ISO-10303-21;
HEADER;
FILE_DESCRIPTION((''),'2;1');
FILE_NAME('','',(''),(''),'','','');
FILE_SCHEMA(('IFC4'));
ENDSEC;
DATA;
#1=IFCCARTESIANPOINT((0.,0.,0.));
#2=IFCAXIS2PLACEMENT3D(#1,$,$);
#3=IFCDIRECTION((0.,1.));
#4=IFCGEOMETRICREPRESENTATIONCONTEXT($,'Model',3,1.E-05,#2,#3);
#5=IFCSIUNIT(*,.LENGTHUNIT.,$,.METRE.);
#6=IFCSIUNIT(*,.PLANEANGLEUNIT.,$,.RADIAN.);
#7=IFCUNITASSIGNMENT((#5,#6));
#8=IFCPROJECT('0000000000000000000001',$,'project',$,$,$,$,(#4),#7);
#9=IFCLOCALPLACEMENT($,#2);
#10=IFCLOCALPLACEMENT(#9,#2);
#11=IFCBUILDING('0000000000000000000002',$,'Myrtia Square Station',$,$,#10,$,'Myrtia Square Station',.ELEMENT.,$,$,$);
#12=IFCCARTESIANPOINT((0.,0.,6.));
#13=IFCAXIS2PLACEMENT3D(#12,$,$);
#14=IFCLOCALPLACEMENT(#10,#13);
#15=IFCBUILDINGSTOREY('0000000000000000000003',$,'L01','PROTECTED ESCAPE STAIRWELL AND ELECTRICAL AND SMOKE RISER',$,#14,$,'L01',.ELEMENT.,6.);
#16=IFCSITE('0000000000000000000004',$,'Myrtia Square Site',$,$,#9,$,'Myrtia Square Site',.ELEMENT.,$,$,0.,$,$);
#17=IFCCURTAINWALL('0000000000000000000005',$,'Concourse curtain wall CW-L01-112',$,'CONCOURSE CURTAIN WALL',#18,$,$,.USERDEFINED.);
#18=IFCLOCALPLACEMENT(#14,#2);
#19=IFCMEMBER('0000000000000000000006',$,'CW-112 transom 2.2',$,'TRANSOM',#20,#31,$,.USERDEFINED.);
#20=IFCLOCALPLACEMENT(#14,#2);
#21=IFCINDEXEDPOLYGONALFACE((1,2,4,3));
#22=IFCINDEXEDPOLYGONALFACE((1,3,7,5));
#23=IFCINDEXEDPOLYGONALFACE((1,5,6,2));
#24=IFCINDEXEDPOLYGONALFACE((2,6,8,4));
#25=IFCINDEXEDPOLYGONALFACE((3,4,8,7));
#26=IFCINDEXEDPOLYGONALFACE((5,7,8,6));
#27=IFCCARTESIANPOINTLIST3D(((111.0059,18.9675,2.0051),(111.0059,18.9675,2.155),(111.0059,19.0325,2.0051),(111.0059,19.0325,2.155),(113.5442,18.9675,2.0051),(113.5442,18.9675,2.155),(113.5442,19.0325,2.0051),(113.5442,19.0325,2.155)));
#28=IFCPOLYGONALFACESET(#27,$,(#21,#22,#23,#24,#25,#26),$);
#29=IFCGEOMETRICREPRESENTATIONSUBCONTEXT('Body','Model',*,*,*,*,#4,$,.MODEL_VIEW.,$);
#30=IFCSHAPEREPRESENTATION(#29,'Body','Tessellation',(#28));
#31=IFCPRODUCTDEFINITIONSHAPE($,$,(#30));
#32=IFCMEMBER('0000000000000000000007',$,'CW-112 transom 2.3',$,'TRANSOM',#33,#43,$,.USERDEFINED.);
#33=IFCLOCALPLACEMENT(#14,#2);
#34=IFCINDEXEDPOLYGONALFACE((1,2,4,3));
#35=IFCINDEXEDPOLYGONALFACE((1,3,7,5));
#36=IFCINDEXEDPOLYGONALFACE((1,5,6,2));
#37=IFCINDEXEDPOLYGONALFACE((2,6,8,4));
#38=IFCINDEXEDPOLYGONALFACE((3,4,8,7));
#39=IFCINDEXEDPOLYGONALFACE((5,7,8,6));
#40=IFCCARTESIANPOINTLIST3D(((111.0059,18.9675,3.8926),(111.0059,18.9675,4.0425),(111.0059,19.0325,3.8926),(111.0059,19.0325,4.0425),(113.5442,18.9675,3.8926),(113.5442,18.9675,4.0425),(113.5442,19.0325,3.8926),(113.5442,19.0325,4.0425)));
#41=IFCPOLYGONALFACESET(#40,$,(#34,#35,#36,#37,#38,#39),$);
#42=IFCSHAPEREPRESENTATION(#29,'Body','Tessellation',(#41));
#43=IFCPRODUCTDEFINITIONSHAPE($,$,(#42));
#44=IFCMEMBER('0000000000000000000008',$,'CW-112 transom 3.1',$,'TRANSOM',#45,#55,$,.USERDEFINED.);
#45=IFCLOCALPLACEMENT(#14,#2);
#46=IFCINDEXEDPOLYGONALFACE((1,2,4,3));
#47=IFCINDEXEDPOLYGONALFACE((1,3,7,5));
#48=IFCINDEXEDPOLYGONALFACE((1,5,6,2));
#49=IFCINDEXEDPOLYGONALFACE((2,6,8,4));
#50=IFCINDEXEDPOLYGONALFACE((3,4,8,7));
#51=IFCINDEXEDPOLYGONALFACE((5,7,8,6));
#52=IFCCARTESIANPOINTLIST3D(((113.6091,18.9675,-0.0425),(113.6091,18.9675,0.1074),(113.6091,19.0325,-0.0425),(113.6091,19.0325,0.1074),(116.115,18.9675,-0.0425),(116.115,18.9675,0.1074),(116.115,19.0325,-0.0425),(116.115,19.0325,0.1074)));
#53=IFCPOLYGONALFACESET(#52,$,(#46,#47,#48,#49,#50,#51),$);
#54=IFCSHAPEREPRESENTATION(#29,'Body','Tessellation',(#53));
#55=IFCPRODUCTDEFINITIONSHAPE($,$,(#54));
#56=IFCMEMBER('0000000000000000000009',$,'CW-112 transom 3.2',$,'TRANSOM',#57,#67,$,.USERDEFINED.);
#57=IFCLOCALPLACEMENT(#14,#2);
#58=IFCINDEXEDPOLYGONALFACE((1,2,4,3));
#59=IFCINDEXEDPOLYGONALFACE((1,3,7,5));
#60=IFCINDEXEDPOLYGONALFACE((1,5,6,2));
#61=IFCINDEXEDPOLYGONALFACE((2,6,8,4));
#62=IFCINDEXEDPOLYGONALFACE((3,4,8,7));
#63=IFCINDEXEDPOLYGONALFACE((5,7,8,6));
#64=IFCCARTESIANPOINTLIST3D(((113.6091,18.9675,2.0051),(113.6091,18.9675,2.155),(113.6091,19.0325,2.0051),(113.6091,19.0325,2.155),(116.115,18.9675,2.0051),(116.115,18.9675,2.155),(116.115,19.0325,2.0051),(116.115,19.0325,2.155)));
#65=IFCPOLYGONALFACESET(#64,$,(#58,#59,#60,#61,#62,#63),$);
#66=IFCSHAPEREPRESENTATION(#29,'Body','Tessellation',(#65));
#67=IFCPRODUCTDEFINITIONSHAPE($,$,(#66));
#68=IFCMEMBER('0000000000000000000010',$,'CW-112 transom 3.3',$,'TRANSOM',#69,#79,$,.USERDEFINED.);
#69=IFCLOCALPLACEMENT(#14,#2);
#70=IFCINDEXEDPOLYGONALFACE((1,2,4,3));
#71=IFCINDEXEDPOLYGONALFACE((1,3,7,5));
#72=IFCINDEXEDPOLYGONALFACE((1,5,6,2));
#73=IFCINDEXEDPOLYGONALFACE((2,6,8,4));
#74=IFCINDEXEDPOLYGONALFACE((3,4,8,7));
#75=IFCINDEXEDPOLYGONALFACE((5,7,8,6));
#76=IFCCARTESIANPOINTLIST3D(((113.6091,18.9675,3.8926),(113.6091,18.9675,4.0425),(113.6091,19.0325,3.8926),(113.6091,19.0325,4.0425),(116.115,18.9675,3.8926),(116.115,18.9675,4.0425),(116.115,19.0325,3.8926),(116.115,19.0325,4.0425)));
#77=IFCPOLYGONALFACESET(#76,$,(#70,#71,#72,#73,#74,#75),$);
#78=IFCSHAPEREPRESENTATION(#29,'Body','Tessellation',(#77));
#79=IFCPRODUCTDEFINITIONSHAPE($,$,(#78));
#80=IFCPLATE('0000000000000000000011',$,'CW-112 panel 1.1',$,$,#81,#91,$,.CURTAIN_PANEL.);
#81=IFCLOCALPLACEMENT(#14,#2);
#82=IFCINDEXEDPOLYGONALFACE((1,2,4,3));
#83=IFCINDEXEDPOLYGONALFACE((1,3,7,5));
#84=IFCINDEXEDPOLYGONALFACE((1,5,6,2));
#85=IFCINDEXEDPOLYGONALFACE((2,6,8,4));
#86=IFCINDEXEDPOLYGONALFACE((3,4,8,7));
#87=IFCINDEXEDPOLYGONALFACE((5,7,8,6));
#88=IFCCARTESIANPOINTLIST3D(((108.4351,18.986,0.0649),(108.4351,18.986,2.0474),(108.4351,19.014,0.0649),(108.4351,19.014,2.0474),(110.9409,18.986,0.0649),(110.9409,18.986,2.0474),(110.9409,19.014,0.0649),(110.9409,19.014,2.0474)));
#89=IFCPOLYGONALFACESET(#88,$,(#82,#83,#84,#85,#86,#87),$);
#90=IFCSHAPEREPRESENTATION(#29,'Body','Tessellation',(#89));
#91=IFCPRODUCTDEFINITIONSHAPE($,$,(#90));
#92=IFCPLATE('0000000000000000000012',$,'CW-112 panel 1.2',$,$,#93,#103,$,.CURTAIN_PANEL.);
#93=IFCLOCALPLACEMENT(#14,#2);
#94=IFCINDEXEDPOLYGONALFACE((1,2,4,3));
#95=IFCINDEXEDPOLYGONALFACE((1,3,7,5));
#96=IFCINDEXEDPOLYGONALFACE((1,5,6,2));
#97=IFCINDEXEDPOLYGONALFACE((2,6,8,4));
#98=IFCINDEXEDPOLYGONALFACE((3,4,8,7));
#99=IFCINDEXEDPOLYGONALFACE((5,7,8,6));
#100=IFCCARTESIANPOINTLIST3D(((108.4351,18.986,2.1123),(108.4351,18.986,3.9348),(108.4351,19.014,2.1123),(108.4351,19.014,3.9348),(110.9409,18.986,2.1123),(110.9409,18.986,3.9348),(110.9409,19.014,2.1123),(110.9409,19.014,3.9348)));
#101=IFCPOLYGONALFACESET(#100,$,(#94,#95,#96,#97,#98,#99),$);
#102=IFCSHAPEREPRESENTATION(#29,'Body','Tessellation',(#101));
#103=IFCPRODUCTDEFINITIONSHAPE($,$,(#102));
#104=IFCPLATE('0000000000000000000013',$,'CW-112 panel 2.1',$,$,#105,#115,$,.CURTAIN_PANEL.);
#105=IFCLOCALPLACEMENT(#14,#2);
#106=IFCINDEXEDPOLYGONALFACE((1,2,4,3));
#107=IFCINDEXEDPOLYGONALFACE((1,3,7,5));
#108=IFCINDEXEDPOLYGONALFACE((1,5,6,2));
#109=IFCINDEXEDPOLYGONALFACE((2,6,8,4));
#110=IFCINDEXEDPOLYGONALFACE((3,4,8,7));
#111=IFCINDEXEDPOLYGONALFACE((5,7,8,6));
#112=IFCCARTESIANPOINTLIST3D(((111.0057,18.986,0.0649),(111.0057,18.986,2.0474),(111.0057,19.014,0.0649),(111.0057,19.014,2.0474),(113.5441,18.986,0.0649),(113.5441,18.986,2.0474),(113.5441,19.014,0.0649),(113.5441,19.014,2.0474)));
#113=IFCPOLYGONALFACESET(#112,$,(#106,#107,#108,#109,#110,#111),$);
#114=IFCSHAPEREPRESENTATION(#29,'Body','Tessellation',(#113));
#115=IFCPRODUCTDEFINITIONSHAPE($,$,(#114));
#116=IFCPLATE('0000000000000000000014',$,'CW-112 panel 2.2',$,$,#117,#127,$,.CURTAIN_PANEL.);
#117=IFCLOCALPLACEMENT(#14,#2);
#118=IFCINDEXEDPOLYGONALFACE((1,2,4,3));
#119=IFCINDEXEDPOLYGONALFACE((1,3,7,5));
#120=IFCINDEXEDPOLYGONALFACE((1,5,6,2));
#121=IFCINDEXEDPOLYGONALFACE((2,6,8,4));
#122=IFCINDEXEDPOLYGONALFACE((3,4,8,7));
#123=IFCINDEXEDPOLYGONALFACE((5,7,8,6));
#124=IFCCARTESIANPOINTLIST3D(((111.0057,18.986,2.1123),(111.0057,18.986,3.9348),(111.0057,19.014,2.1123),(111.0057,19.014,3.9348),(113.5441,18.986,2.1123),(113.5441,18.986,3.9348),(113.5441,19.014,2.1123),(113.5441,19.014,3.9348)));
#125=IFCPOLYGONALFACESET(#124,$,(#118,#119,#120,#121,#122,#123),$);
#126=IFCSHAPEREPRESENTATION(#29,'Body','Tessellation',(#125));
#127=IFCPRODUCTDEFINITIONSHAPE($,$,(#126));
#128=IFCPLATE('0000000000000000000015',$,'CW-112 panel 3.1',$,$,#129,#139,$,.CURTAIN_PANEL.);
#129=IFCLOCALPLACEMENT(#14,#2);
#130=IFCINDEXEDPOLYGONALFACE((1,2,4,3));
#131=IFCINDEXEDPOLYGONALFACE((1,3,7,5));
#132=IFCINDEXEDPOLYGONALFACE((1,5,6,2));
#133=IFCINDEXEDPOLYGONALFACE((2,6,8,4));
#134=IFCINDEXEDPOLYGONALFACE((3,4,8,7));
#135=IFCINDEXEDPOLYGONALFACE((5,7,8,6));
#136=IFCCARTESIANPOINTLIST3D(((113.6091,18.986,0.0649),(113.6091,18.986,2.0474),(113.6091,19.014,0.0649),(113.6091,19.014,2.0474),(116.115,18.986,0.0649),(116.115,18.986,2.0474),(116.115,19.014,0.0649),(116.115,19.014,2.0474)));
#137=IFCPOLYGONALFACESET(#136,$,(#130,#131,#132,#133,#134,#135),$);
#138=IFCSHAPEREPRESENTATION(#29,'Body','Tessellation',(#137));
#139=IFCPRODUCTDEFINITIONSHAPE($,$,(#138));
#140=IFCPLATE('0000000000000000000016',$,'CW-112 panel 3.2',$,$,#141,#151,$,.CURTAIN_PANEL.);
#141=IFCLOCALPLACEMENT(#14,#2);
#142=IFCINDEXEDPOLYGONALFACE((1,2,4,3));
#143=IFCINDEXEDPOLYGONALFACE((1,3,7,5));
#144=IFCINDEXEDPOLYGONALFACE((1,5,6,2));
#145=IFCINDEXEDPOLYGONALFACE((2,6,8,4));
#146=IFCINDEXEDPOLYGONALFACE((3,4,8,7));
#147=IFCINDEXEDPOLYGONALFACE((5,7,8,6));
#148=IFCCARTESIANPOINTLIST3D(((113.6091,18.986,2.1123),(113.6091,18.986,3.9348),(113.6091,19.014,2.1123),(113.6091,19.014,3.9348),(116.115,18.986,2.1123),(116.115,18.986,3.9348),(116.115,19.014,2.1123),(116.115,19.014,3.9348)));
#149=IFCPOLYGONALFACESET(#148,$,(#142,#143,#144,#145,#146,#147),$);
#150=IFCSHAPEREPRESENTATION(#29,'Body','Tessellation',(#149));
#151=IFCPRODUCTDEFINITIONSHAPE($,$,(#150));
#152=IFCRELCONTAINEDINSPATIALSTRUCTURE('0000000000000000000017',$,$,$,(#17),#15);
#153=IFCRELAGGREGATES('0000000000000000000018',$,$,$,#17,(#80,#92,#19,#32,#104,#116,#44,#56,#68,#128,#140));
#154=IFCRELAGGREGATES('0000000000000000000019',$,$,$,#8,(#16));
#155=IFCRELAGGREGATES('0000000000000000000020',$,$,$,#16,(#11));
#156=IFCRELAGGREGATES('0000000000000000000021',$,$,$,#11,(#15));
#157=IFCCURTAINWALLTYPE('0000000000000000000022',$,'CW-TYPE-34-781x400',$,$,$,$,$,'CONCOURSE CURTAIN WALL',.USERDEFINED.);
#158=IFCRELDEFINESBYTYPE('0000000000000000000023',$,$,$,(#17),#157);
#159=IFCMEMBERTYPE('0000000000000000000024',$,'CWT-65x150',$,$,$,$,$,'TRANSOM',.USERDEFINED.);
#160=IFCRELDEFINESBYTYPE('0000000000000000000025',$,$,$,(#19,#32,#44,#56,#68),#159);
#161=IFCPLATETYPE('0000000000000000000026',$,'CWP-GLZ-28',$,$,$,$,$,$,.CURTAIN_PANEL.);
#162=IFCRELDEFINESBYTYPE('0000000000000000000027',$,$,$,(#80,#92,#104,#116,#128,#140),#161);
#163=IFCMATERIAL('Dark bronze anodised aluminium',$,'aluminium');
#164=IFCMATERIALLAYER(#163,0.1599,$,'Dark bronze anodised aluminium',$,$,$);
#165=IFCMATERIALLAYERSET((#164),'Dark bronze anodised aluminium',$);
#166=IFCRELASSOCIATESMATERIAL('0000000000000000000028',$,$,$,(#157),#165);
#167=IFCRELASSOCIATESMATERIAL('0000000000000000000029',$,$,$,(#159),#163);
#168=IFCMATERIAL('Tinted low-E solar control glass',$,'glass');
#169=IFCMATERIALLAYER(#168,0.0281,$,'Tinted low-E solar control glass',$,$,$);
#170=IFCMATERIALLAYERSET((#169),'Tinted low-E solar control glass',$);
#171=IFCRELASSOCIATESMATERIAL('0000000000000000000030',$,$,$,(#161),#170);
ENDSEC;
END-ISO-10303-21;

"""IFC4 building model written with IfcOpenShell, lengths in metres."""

from ifc_helpers import new_model, si_unit, direction, frame, origin, origin_2d, place, context, subcontext, project, spatial, rectangle, extrude, material, layer, layer_set, material_profile, profile_set, type_object, element, aggregate, save


model = new_model("IFC4")

# Units and contexts
model_context = context("Model", 3, precision=1e-05, world=origin(), true_north=direction((0.0, 1.0)))
body_context = subcontext(model_context, "Body", "Model", "MODEL_VIEW")
ifc_project = project(units=[si_unit("LENGTHUNIT", "METRE"), si_unit("PLANEANGLEUNIT", "RADIAN")], contexts=[model_context])

# Site, building, storey
site_placement = place(None, origin())
site = spatial("IfcSite", under=ifc_project, at=site_placement, Name="Myrtia Square Site", LongName="Myrtia Square Site", CompositionType="ELEMENT", RefElevation=0.0)
building_placement = place(site_placement, origin())
building = spatial("IfcBuilding", under=site, at=building_placement, Name="Myrtia Square Station", LongName="Myrtia Square Station", CompositionType="ELEMENT")
storey_placement = place(building_placement, frame((0.0, 0.0, 6.0)))
storey = spatial("IfcBuildingStorey", under=building, at=storey_placement, Name="L01", Description="PROTECTED ESCAPE STAIRWELL AND ELECTRICAL AND SMOKE RISER", LongName="L01", CompositionType="ELEMENT", Elevation=6.0)

# Curtain wall, members, plates
ifc_material_1 = material(Name="Dark bronze anodised aluminium", Category="aluminium")
ifc_layer_1 = layer(ifc_material_1, 0.1599, Name="Dark bronze anodised aluminium")
ifc_layer_set_1 = layer_set([ifc_layer_1], Name="Dark bronze anodised aluminium")
curtain_wall_type = type_object("IfcCurtainWallType", Name="CW-TYPE-34-781x400", ElementType="CONCOURSE CURTAIN WALL", PredefinedType="USERDEFINED", material=ifc_layer_set_1)
curtain_wall_placement = place(storey_placement, origin())
curtain_wall = element("IfcCurtainWall", 1, at=curtain_wall_placement, inside=storey, type_object=curtain_wall_type, Name="Concourse curtain wall CW-L01-112", ObjectType="CONCOURSE CURTAIN WALL", PredefinedType="USERDEFINED")
ifc_material_profile_1 = material_profile(ifc_material_1, rectangle(XDim=0.0649, YDim=0.1499, at=origin_2d()), Name="ALU-T 65x150")
ifc_profile_set_1 = profile_set([ifc_material_profile_1], Name="Dark bronze anodised aluminium")
member_type_1 = type_object("IfcMemberType", Name="CWT-65x150", ElementType="TRANSOM", PredefinedType="USERDEFINED", material=ifc_profile_set_1)
member_1_placement = place(storey_placement, frame((111.0059, 19.0, 2.0801), z_axis=(1.0, 0.0, 0.0), x_axis=(0.0, 1.0, 0.0)))
member_1 = element("IfcMember", 2, at=member_1_placement, type_object=member_type_1, Name="CW-112 transom 2.2", ObjectType="TRANSOM", PredefinedType="USERDEFINED", context=body_context, shape_type="SweptSolid", body=[
    extrude(rectangle(XDim=0.0649, YDim=0.1499, at=origin_2d()), origin(), (0.0, 0.0, 1.0), 2.5383),
])
member_2_placement = place(storey_placement, frame((111.0059, 19.0, 3.9675), z_axis=(1.0, 0.0, 0.0), x_axis=(0.0, 1.0, 0.0)))
member_2 = element("IfcMember", 3, at=member_2_placement, type_object=member_type_1, Name="CW-112 transom 2.3", ObjectType="TRANSOM", PredefinedType="USERDEFINED", context=body_context, shape_type="SweptSolid", body=[
    extrude(rectangle(XDim=0.0649, YDim=0.1499, at=origin_2d()), origin(), (0.0, 0.0, 1.0), 2.5383),
])
member_3_placement = place(storey_placement, frame((113.6091, 19.0, 0.0325), z_axis=(1.0, 0.0, 0.0), x_axis=(0.0, 1.0, 0.0)))
member_3 = element("IfcMember", 4, at=member_3_placement, type_object=member_type_1, Name="CW-112 transom 3.1", ObjectType="TRANSOM", PredefinedType="USERDEFINED", context=body_context, shape_type="SweptSolid", body=[
    extrude(rectangle(XDim=0.0649, YDim=0.1499, at=origin_2d()), origin(), (0.0, 0.0, 1.0), 2.5059),
])
member_4_placement = place(storey_placement, frame((113.6091, 19.0, 2.0801), z_axis=(1.0, 0.0, 0.0), x_axis=(0.0, 1.0, 0.0)))
member_4 = element("IfcMember", 5, at=member_4_placement, type_object=member_type_1, Name="CW-112 transom 3.2", ObjectType="TRANSOM", PredefinedType="USERDEFINED", context=body_context, shape_type="SweptSolid", body=[
    extrude(rectangle(XDim=0.0649, YDim=0.1499, at=origin_2d()), origin(), (0.0, 0.0, 1.0), 2.5059),
])
member_5_placement = place(storey_placement, frame((113.6091, 19.0, 3.9675), z_axis=(1.0, 0.0, 0.0), x_axis=(0.0, 1.0, 0.0)))
member_5 = element("IfcMember", 6, at=member_5_placement, type_object=member_type_1, Name="CW-112 transom 3.3", ObjectType="TRANSOM", PredefinedType="USERDEFINED", context=body_context, shape_type="SweptSolid", body=[
    extrude(rectangle(XDim=0.0649, YDim=0.1499, at=origin_2d()), origin(), (0.0, 0.0, 1.0), 2.5059),
])
ifc_material_2 = material(Name="Tinted low-E solar control glass", Category="glass")
ifc_layer_2 = layer(ifc_material_2, 0.0281, Name="Tinted low-E solar control glass")
ifc_layer_set_2 = layer_set([ifc_layer_2], Name="Tinted low-E solar control glass")
plate_type = type_object("IfcPlateType", Name="CWP-GLZ-28", PredefinedType="CURTAIN_PANEL", material=ifc_layer_set_2)
plate_1_placement = place(storey_placement, frame((109.688, 19.0, 0.0649), z_axis=(0.0, 0.0, 1.0), x_axis=(1.0, 0.0, 0.0)))
plate_1 = element("IfcPlate", 7, at=plate_1_placement, type_object=plate_type, Name="CW-112 panel 1.1", PredefinedType="CURTAIN_PANEL", context=body_context, shape_type="SweptSolid", body=[
    extrude(rectangle(XDim=2.5059, YDim=0.0281, at=origin_2d()), origin(), (0.0, 0.0, 1.0), 1.9824),
])
plate_2_placement = place(storey_placement, frame((109.688, 19.0, 2.1123), z_axis=(0.0, 0.0, 1.0), x_axis=(1.0, 0.0, 0.0)))
plate_2 = element("IfcPlate", 8, at=plate_2_placement, type_object=plate_type, Name="CW-112 panel 1.2", PredefinedType="CURTAIN_PANEL", context=body_context, shape_type="SweptSolid", body=[
    extrude(rectangle(XDim=2.5059, YDim=0.0281, at=origin_2d()), origin(), (0.0, 0.0, 1.0), 1.8225),
])
plate_3_placement = place(storey_placement, frame((112.2749, 19.0, 0.0649), z_axis=(0.0, 0.0, 1.0), x_axis=(1.0, 0.0, 0.0)))
plate_3 = element("IfcPlate", 9, at=plate_3_placement, type_object=plate_type, Name="CW-112 panel 2.1", PredefinedType="CURTAIN_PANEL", context=body_context, shape_type="SweptSolid", body=[
    extrude(rectangle(XDim=2.5383, YDim=0.0281, at=origin_2d()), origin(), (0.0, 0.0, 1.0), 1.9824),
])
plate_4_placement = place(storey_placement, frame((112.2749, 19.0, 2.1123), z_axis=(0.0, 0.0, 1.0), x_axis=(1.0, 0.0, 0.0)))
plate_4 = element("IfcPlate", 10, at=plate_4_placement, type_object=plate_type, Name="CW-112 panel 2.2", PredefinedType="CURTAIN_PANEL", context=body_context, shape_type="SweptSolid", body=[
    extrude(rectangle(XDim=2.5383, YDim=0.0281, at=origin_2d()), origin(), (0.0, 0.0, 1.0), 1.8225),
])
plate_5_placement = place(storey_placement, frame((114.8621, 19.0, 0.0649), z_axis=(0.0, 0.0, 1.0), x_axis=(1.0, 0.0, 0.0)))
plate_5 = element("IfcPlate", 11, at=plate_5_placement, type_object=plate_type, Name="CW-112 panel 3.1", PredefinedType="CURTAIN_PANEL", context=body_context, shape_type="SweptSolid", body=[
    extrude(rectangle(XDim=2.5059, YDim=0.0281, at=origin_2d()), origin(), (0.0, 0.0, 1.0), 1.9824),
])
plate_6_placement = place(storey_placement, frame((114.8621, 19.0, 2.1123), z_axis=(0.0, 0.0, 1.0), x_axis=(1.0, 0.0, 0.0)))
plate_6 = element("IfcPlate", 12, at=plate_6_placement, type_object=plate_type, Name="CW-112 panel 3.2", PredefinedType="CURTAIN_PANEL", context=body_context, shape_type="SweptSolid", body=[
    extrude(rectangle(XDim=2.5059, YDim=0.0281, at=origin_2d()), origin(), (0.0, 0.0, 1.0), 1.8225),
])
aggregate(curtain_wall, [plate_1, plate_2, member_1, member_2, plate_3, plate_4, member_3, member_4, member_5, plate_5, plate_6])

save(model, "model.ifc")
